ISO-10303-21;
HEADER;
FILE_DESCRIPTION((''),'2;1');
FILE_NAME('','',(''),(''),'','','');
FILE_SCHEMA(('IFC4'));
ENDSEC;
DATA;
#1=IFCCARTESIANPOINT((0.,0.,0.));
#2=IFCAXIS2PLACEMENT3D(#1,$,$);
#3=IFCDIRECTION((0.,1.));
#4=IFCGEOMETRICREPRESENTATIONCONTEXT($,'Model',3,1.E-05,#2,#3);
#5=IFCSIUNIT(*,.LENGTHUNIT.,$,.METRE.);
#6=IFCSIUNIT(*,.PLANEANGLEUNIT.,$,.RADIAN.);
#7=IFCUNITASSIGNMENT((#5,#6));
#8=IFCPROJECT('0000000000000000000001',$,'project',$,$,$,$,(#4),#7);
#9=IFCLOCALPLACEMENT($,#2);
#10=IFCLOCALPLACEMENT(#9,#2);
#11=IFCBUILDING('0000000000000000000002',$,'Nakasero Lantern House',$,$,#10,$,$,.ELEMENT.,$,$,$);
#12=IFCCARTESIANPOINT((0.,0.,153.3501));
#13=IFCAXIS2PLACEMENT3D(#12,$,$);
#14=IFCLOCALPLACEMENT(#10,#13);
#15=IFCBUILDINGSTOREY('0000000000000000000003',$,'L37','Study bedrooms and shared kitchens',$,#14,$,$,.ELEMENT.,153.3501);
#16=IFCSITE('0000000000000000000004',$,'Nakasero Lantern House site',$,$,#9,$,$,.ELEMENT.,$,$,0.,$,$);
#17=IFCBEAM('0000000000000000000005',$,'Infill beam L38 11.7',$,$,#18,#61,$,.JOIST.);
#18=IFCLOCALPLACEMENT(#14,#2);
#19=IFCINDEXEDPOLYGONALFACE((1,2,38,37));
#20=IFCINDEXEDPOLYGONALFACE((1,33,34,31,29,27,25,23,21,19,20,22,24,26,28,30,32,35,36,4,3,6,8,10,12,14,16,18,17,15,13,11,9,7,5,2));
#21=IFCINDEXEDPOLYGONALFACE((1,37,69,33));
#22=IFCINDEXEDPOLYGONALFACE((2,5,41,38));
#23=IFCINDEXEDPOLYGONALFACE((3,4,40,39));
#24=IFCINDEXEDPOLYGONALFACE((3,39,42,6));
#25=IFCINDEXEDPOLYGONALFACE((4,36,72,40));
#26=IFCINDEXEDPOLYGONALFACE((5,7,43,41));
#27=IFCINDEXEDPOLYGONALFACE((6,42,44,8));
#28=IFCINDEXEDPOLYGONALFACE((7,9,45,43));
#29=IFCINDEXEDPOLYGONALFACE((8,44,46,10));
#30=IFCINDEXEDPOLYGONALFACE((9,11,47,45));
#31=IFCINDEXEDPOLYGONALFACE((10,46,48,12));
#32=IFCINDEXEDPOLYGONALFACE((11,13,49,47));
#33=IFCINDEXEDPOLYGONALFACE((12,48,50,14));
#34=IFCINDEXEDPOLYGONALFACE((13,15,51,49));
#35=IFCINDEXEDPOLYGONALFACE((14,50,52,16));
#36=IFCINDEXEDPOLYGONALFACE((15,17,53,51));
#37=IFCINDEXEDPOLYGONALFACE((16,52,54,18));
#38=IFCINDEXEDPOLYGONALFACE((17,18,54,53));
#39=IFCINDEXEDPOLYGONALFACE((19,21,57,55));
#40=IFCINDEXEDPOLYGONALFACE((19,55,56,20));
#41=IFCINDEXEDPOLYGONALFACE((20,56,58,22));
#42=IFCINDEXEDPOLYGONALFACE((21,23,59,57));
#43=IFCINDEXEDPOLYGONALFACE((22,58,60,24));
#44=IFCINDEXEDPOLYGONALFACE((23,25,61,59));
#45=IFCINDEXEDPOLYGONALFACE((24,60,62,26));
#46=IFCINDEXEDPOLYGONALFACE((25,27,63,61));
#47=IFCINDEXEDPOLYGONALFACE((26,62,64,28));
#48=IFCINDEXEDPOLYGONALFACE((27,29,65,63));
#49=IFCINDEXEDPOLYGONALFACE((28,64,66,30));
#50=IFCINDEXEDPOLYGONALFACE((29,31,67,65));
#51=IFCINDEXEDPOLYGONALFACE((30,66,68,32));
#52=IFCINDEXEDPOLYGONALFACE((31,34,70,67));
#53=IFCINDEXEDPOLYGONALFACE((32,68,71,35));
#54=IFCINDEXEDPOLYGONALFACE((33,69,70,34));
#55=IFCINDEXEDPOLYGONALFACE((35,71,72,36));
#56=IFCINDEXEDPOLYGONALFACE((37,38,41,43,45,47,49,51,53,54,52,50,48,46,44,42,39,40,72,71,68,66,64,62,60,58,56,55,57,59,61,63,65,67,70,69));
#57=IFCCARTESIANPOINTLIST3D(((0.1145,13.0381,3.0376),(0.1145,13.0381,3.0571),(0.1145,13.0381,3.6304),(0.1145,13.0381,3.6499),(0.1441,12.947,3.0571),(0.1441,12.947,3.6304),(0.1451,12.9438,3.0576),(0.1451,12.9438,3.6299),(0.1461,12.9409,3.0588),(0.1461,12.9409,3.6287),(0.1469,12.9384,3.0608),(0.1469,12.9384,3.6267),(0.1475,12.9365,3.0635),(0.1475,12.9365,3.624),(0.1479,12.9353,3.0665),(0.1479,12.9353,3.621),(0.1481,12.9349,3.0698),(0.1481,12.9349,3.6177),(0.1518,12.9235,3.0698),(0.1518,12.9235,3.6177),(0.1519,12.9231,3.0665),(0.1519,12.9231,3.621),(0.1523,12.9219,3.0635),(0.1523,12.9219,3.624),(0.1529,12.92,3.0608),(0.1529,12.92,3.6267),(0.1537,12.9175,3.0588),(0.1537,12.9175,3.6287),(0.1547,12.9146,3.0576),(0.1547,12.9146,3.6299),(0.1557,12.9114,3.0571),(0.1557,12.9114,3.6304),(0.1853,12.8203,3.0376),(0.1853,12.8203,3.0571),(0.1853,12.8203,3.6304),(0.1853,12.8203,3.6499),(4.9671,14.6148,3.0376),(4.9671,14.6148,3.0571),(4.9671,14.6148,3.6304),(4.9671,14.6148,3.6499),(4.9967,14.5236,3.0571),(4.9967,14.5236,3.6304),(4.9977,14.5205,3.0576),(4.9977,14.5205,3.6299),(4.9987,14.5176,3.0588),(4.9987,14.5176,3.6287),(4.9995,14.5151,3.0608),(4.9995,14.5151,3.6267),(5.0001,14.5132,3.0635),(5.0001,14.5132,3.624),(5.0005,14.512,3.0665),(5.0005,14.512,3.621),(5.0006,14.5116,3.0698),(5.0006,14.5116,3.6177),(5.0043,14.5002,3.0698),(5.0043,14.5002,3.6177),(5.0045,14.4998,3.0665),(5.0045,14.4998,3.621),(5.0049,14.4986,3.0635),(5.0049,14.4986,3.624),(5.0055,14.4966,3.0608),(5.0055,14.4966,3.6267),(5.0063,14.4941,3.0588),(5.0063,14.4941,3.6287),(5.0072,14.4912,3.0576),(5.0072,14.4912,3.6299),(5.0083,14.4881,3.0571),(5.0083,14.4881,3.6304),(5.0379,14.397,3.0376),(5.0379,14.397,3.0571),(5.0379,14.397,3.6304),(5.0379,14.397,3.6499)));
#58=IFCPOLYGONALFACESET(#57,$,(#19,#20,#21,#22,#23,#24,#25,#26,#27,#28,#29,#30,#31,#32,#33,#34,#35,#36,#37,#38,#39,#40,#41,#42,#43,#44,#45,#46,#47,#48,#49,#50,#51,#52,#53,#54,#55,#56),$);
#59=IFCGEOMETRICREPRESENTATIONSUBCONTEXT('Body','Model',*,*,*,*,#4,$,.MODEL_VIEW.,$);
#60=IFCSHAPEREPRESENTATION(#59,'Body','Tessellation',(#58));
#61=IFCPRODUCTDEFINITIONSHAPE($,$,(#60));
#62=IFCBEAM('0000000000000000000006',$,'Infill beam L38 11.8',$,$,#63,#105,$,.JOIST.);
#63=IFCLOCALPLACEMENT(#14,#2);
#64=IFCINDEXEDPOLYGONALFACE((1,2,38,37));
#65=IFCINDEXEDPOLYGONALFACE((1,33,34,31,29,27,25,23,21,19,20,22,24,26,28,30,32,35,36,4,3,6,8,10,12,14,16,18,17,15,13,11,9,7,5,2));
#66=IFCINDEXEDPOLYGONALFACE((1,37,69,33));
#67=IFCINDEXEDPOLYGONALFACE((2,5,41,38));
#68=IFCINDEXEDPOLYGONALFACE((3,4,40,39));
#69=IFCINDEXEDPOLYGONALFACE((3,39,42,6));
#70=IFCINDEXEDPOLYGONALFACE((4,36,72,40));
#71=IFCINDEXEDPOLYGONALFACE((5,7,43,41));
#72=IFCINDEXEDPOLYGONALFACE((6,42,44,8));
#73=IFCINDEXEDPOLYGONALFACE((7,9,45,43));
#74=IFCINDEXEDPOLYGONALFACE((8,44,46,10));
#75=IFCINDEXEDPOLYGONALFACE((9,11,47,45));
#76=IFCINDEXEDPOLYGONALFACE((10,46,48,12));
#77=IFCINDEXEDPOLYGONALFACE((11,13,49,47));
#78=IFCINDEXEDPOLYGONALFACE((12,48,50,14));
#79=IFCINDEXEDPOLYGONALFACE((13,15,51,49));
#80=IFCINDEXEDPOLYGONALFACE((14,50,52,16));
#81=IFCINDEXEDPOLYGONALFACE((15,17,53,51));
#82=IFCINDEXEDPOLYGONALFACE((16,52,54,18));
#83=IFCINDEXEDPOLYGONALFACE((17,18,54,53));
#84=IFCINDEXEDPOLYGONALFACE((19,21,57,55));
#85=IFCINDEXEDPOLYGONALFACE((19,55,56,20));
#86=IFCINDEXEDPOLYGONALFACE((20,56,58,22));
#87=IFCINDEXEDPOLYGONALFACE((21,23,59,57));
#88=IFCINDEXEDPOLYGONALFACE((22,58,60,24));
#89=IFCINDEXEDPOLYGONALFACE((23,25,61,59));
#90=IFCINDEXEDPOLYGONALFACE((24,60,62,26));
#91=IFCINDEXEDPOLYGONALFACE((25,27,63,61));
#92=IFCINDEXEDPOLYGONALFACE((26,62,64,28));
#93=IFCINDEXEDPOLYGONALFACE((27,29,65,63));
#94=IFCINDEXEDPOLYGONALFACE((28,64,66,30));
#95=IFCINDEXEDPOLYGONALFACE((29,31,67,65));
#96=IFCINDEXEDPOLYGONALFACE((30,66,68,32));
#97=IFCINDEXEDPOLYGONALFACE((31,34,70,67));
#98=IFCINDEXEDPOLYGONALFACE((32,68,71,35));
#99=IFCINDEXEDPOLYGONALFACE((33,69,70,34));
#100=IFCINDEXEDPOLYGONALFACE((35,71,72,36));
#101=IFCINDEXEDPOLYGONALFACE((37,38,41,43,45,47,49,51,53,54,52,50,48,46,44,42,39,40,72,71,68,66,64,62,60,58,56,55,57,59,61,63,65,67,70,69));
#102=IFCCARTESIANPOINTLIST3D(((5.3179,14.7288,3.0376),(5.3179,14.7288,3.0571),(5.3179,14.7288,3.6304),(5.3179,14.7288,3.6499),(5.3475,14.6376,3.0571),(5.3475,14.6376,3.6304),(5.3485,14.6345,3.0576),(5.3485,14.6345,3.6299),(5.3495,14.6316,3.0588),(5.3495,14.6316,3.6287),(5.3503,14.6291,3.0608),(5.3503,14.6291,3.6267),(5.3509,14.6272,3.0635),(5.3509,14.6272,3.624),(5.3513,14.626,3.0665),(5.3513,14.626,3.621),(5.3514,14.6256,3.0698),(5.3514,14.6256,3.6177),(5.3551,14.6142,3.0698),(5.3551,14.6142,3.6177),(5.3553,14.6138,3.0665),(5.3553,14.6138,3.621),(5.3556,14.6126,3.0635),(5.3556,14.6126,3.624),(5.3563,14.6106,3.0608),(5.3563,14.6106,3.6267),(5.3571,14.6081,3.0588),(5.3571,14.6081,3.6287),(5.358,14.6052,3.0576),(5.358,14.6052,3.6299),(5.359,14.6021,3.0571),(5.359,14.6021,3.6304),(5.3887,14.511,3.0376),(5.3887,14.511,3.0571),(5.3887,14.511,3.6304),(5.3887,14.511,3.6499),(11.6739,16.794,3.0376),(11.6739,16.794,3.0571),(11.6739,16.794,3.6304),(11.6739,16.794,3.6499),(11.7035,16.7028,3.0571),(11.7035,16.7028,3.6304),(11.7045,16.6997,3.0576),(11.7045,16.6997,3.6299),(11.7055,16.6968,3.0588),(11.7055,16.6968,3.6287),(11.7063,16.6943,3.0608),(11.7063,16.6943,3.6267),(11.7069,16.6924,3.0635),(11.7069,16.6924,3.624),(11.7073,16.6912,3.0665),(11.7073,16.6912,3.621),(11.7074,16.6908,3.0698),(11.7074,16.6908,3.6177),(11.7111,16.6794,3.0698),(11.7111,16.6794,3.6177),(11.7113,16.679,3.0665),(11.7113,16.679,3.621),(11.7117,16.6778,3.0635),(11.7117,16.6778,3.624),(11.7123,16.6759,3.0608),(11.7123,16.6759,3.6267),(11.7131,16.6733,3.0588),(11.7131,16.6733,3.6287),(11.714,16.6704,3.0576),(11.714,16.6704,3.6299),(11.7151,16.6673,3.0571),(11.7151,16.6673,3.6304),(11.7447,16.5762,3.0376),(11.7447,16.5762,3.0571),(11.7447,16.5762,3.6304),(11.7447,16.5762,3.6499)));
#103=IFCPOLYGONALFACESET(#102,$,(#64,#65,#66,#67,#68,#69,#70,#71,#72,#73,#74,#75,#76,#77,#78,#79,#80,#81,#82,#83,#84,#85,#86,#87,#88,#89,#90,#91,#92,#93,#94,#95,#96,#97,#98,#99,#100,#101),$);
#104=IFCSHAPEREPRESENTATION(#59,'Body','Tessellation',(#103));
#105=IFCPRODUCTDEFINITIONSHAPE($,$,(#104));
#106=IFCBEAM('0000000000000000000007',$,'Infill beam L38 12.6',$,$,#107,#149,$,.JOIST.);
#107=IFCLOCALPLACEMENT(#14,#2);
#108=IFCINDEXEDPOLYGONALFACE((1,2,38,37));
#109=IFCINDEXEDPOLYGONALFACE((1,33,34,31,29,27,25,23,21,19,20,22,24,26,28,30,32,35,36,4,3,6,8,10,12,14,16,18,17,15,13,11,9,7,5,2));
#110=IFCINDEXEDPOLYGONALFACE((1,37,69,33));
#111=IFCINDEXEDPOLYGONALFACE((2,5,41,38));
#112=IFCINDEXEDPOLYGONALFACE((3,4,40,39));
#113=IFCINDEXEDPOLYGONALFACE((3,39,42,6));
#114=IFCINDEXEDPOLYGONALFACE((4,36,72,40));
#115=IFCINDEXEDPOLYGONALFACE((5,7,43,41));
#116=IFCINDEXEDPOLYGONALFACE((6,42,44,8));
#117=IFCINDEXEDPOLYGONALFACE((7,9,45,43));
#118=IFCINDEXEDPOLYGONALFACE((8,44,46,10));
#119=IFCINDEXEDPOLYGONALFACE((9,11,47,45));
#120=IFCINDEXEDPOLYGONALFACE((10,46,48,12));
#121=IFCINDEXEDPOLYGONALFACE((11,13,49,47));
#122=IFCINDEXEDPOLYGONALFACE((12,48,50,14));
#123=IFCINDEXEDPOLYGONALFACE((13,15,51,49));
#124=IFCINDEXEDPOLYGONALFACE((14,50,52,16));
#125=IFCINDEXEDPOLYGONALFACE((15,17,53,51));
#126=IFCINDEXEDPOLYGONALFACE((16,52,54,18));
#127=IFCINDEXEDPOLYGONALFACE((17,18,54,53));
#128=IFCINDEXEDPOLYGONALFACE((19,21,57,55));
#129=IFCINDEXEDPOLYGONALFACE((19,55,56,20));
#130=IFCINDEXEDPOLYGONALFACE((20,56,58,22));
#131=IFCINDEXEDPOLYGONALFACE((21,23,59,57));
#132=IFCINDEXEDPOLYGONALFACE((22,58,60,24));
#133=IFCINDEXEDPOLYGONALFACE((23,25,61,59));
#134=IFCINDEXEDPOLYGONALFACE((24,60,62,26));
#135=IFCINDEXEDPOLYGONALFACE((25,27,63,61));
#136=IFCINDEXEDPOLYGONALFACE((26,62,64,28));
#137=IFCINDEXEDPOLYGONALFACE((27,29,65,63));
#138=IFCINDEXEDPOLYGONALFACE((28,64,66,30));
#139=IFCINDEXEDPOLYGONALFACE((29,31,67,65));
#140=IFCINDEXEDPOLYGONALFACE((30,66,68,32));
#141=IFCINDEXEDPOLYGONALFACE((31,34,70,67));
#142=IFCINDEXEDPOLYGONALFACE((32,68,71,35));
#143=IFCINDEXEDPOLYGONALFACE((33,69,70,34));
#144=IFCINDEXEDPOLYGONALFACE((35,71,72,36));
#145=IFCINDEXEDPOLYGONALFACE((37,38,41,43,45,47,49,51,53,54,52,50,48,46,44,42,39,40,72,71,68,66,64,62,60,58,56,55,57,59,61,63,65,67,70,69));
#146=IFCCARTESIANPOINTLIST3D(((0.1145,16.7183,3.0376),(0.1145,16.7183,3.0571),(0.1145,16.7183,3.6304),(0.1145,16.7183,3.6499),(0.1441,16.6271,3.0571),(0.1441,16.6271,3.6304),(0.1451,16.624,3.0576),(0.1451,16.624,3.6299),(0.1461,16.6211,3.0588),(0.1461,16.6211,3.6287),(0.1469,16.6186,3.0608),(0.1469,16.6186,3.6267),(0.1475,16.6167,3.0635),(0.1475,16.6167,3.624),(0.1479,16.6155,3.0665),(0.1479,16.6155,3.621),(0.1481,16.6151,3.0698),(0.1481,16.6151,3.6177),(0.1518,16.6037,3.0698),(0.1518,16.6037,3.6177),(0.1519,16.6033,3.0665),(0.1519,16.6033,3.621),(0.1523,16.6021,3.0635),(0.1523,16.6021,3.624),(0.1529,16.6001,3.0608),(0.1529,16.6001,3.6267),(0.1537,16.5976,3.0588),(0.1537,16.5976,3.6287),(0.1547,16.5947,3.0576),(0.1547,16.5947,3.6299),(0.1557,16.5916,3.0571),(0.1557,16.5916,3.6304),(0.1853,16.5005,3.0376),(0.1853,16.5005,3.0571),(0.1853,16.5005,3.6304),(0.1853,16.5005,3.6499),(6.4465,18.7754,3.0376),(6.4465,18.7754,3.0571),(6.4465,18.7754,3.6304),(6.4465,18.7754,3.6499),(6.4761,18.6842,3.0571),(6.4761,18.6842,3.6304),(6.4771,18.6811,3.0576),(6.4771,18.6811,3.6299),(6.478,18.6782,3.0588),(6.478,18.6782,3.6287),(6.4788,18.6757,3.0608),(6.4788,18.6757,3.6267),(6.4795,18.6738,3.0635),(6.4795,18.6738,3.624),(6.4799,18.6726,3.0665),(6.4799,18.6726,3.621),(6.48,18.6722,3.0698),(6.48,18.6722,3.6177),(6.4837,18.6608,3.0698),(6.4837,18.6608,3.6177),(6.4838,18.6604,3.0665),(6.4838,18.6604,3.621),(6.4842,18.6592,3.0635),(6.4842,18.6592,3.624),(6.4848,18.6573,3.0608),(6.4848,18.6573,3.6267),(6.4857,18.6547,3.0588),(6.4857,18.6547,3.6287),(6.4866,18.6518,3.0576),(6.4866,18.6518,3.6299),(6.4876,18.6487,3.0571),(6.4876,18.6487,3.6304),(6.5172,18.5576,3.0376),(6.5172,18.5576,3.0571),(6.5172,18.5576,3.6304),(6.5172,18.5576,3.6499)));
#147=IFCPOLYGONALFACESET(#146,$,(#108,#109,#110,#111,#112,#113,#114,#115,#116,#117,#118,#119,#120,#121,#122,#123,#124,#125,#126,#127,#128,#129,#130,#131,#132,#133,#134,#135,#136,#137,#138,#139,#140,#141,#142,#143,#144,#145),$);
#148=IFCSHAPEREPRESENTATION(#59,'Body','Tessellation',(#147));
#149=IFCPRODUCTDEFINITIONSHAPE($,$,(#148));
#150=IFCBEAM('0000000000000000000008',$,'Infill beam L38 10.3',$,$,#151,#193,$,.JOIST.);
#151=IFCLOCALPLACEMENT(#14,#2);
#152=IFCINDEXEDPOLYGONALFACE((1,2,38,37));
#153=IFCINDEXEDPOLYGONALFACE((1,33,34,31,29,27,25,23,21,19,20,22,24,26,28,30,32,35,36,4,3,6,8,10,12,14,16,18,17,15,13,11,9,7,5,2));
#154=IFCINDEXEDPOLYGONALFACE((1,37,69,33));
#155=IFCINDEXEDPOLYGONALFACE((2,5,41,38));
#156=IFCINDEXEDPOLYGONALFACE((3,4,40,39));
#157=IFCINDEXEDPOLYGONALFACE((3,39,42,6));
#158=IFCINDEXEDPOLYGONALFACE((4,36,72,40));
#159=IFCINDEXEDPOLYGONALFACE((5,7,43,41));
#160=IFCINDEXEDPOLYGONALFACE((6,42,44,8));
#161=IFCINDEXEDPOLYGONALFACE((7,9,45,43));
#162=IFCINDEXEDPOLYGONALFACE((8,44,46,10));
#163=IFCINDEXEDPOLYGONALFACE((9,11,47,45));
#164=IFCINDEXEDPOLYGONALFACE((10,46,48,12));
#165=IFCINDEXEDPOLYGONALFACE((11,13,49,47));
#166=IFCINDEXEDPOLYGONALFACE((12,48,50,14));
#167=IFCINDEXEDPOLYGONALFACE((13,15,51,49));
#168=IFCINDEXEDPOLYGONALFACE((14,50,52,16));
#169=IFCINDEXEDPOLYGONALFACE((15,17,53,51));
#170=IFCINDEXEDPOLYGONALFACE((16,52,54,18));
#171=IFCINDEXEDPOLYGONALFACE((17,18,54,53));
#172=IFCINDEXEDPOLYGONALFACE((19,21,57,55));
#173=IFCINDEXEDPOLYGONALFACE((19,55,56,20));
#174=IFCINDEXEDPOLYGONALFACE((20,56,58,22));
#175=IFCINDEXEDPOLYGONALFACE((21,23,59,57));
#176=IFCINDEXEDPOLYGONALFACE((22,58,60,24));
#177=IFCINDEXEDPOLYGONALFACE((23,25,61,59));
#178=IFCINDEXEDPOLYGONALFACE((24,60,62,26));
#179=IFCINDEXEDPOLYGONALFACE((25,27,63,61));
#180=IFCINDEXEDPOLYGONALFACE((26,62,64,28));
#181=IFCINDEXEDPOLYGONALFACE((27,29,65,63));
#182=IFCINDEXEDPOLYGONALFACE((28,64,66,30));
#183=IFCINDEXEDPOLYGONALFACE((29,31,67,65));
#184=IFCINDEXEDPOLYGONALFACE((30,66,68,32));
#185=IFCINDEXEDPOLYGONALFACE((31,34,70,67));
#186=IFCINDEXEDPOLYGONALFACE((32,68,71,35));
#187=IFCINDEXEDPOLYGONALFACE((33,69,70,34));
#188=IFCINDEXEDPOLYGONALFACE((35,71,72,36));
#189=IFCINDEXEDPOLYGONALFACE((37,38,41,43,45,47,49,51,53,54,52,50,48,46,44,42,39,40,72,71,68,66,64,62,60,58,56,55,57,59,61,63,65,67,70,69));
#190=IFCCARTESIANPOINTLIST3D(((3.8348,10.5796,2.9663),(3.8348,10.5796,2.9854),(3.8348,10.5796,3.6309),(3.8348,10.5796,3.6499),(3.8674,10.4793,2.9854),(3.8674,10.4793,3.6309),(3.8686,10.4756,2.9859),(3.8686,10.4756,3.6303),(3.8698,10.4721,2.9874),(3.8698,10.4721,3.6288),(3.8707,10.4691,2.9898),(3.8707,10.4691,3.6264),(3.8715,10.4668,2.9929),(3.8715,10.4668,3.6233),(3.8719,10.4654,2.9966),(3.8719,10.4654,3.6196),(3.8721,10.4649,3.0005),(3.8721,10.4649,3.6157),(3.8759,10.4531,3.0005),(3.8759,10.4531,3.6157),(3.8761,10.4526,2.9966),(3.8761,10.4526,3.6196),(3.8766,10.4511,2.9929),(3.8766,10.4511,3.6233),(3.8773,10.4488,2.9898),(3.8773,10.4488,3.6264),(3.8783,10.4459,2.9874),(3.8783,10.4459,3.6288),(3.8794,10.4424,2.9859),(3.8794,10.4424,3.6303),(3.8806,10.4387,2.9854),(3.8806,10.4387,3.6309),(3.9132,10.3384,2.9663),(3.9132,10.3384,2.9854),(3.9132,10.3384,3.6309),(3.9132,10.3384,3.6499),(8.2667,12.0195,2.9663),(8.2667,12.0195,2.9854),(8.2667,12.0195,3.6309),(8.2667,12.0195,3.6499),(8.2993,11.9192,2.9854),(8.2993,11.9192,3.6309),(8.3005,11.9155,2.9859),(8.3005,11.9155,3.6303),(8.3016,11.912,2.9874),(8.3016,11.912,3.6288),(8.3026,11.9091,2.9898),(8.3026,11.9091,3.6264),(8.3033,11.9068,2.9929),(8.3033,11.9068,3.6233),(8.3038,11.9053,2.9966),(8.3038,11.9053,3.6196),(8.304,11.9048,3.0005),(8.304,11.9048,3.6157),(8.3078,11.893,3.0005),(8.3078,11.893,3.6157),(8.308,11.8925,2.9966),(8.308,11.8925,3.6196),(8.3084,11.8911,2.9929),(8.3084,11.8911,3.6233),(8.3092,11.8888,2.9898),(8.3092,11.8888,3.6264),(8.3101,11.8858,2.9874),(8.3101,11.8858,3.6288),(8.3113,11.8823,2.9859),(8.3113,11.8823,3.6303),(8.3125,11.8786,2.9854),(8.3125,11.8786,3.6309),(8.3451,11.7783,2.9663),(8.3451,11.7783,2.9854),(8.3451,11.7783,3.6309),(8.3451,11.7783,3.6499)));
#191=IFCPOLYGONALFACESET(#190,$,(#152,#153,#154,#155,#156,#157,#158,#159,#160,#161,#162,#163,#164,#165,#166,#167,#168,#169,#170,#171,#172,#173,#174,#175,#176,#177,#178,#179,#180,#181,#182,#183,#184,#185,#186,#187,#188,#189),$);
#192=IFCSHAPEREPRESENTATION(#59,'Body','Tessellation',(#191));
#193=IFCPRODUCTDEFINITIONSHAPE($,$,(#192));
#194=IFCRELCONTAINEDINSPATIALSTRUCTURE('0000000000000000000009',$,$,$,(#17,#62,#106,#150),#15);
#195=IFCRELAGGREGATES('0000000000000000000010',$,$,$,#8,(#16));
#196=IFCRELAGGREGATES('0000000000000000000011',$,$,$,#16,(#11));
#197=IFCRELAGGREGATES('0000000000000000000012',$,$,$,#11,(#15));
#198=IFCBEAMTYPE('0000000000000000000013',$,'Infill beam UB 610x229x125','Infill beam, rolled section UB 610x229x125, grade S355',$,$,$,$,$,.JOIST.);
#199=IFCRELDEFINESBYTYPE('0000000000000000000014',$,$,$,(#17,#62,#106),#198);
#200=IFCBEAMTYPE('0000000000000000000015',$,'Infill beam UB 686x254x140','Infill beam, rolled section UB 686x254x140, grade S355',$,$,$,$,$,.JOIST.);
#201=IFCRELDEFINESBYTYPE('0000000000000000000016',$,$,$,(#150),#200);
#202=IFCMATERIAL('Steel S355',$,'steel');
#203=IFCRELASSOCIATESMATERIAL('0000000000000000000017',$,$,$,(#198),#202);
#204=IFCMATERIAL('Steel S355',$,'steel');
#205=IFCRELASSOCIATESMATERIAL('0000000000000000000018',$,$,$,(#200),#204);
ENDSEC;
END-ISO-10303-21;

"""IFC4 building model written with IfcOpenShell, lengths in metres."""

from ifc_helpers import new_model, si_unit, direction, frame, origin, origin_2d, place, context, subcontext, project, spatial, i_section, extrude, material, material_profile, profile_set, type_object, element, save


model = new_model("IFC4")

# Units and contexts
model_context = context("Model", 3, precision=1e-05, world=origin(), true_north=direction((0.0, 1.0)))
body_context = subcontext(model_context, "Body", "Model", "MODEL_VIEW")
ifc_project = project(units=[si_unit("LENGTHUNIT", "METRE"), si_unit("PLANEANGLEUNIT", "RADIAN")], contexts=[model_context])

# Site, building, storey
site_placement = place(None, origin())
site = spatial("IfcSite", under=ifc_project, at=site_placement, Name="Nakasero Lantern House site", CompositionType="ELEMENT", RefElevation=0.0)
building_placement = place(site_placement, origin())
building = spatial("IfcBuilding", under=site, at=building_placement, Name="Nakasero Lantern House", CompositionType="ELEMENT")
storey_placement = place(building_placement, frame((0.0, 0.0, 153.3501)))
storey = spatial("IfcBuildingStorey", under=building, at=storey_placement, Name="L37", Description="Study bedrooms and shared kitchens", CompositionType="ELEMENT", Elevation=153.3501)

# Beams
ifc_material_1 = material(Name="Steel S355", Category="steel")
ifc_material_profile_1 = material_profile(ifc_material_1, i_section(OverallWidth=0.229, OverallDepth=0.6123, WebThickness=0.012, FlangeThickness=0.0195, FilletRadius=0.0127, at=origin_2d()), Name="UB 610x229x125")
ifc_profile_set_1 = profile_set([ifc_material_profile_1], Name="Steel S355")
beam_type_1 = type_object("IfcBeamType", Name="Infill beam UB 610x229x125", Description="Infill beam, rolled section UB 610x229x125, grade S355", PredefinedType="JOIST", material=ifc_profile_set_1)
beam_1_placement = place(storey_placement, frame((0.1499, 12.9292, 3.3438), z_axis=(0.951058, 0.309012, 0.0), x_axis=(-0.309012, 0.951058, 0.0)))
element("IfcBeam", 1, at=beam_1_placement, inside=storey, type_object=beam_type_1, Name="Infill beam L38 11.7", PredefinedType="JOIST", context=body_context, shape_type="SweptSolid", body=[
    extrude(i_section(OverallWidth=0.229, OverallDepth=0.6123, WebThickness=0.012, FlangeThickness=0.0195, FilletRadius=0.0127, at=origin_2d()), origin(), (0.0, 0.0, 1.0), 5.1023),
])
beam_2_placement = place(storey_placement, frame((5.3533, 14.6199, 3.3438), z_axis=(0.951056, 0.309018, 0.0), x_axis=(-0.309018, 0.951056, 0.0)))
element("IfcBeam", 2, at=beam_2_placement, inside=storey, type_object=beam_type_1, Name="Infill beam L38 11.8", PredefinedType="JOIST", context=body_context, shape_type="SweptSolid", body=[
    extrude(i_section(OverallWidth=0.229, OverallDepth=0.6123, WebThickness=0.012, FlangeThickness=0.0195, FilletRadius=0.0127, at=origin_2d()), origin(), (0.0, 0.0, 1.0), 6.6831),
])
beam_3_placement = place(storey_placement, frame((0.1499, 16.6094, 3.3438), z_axis=(0.951069, 0.30898, 0.0), x_axis=(-0.30898, 0.951069, 0.0)))
element("IfcBeam", 3, at=beam_3_placement, inside=storey, type_object=beam_type_1, Name="Infill beam L38 12.6", PredefinedType="JOIST", context=body_context, shape_type="SweptSolid", body=[
    extrude(i_section(OverallWidth=0.229, OverallDepth=0.6123, WebThickness=0.012, FlangeThickness=0.0195, FilletRadius=0.0127, at=origin_2d()), origin(), (0.0, 0.0, 1.0), 6.6577),
])
ifc_material_2 = material(Name="Steel S355", Category="steel")
ifc_material_profile_2 = material_profile(ifc_material_2, i_section(OverallWidth=0.2537, OverallDepth=0.6836, WebThickness=0.0125, FlangeThickness=0.019, FilletRadius=0.0151, at=origin_2d()), Name="UB 686x254x140")
ifc_profile_set_2 = profile_set([ifc_material_profile_2], Name="Steel S355")
beam_type_2 = type_object("IfcBeamType", Name="Infill beam UB 686x254x140", Description="Infill beam, rolled section UB 686x254x140, grade S355", PredefinedType="JOIST", material=ifc_profile_set_2)
beam_4_placement = place(storey_placement, frame((3.874, 10.459, 3.3081), z_axis=(0.951061, 0.309004, 0.0), x_axis=(-0.309004, 0.951061, 0.0)))
element("IfcBeam", 4, at=beam_4_placement, inside=storey, type_object=beam_type_2, Name="Infill beam L38 10.3", PredefinedType="JOIST", context=body_context, shape_type="SweptSolid", body=[
    extrude(i_section(OverallWidth=0.2537, OverallDepth=0.6836, WebThickness=0.0125, FlangeThickness=0.019, FilletRadius=0.0151, at=origin_2d()), origin(), (0.0, 0.0, 1.0), 4.6599),
])

save(model, "model.ifc")
